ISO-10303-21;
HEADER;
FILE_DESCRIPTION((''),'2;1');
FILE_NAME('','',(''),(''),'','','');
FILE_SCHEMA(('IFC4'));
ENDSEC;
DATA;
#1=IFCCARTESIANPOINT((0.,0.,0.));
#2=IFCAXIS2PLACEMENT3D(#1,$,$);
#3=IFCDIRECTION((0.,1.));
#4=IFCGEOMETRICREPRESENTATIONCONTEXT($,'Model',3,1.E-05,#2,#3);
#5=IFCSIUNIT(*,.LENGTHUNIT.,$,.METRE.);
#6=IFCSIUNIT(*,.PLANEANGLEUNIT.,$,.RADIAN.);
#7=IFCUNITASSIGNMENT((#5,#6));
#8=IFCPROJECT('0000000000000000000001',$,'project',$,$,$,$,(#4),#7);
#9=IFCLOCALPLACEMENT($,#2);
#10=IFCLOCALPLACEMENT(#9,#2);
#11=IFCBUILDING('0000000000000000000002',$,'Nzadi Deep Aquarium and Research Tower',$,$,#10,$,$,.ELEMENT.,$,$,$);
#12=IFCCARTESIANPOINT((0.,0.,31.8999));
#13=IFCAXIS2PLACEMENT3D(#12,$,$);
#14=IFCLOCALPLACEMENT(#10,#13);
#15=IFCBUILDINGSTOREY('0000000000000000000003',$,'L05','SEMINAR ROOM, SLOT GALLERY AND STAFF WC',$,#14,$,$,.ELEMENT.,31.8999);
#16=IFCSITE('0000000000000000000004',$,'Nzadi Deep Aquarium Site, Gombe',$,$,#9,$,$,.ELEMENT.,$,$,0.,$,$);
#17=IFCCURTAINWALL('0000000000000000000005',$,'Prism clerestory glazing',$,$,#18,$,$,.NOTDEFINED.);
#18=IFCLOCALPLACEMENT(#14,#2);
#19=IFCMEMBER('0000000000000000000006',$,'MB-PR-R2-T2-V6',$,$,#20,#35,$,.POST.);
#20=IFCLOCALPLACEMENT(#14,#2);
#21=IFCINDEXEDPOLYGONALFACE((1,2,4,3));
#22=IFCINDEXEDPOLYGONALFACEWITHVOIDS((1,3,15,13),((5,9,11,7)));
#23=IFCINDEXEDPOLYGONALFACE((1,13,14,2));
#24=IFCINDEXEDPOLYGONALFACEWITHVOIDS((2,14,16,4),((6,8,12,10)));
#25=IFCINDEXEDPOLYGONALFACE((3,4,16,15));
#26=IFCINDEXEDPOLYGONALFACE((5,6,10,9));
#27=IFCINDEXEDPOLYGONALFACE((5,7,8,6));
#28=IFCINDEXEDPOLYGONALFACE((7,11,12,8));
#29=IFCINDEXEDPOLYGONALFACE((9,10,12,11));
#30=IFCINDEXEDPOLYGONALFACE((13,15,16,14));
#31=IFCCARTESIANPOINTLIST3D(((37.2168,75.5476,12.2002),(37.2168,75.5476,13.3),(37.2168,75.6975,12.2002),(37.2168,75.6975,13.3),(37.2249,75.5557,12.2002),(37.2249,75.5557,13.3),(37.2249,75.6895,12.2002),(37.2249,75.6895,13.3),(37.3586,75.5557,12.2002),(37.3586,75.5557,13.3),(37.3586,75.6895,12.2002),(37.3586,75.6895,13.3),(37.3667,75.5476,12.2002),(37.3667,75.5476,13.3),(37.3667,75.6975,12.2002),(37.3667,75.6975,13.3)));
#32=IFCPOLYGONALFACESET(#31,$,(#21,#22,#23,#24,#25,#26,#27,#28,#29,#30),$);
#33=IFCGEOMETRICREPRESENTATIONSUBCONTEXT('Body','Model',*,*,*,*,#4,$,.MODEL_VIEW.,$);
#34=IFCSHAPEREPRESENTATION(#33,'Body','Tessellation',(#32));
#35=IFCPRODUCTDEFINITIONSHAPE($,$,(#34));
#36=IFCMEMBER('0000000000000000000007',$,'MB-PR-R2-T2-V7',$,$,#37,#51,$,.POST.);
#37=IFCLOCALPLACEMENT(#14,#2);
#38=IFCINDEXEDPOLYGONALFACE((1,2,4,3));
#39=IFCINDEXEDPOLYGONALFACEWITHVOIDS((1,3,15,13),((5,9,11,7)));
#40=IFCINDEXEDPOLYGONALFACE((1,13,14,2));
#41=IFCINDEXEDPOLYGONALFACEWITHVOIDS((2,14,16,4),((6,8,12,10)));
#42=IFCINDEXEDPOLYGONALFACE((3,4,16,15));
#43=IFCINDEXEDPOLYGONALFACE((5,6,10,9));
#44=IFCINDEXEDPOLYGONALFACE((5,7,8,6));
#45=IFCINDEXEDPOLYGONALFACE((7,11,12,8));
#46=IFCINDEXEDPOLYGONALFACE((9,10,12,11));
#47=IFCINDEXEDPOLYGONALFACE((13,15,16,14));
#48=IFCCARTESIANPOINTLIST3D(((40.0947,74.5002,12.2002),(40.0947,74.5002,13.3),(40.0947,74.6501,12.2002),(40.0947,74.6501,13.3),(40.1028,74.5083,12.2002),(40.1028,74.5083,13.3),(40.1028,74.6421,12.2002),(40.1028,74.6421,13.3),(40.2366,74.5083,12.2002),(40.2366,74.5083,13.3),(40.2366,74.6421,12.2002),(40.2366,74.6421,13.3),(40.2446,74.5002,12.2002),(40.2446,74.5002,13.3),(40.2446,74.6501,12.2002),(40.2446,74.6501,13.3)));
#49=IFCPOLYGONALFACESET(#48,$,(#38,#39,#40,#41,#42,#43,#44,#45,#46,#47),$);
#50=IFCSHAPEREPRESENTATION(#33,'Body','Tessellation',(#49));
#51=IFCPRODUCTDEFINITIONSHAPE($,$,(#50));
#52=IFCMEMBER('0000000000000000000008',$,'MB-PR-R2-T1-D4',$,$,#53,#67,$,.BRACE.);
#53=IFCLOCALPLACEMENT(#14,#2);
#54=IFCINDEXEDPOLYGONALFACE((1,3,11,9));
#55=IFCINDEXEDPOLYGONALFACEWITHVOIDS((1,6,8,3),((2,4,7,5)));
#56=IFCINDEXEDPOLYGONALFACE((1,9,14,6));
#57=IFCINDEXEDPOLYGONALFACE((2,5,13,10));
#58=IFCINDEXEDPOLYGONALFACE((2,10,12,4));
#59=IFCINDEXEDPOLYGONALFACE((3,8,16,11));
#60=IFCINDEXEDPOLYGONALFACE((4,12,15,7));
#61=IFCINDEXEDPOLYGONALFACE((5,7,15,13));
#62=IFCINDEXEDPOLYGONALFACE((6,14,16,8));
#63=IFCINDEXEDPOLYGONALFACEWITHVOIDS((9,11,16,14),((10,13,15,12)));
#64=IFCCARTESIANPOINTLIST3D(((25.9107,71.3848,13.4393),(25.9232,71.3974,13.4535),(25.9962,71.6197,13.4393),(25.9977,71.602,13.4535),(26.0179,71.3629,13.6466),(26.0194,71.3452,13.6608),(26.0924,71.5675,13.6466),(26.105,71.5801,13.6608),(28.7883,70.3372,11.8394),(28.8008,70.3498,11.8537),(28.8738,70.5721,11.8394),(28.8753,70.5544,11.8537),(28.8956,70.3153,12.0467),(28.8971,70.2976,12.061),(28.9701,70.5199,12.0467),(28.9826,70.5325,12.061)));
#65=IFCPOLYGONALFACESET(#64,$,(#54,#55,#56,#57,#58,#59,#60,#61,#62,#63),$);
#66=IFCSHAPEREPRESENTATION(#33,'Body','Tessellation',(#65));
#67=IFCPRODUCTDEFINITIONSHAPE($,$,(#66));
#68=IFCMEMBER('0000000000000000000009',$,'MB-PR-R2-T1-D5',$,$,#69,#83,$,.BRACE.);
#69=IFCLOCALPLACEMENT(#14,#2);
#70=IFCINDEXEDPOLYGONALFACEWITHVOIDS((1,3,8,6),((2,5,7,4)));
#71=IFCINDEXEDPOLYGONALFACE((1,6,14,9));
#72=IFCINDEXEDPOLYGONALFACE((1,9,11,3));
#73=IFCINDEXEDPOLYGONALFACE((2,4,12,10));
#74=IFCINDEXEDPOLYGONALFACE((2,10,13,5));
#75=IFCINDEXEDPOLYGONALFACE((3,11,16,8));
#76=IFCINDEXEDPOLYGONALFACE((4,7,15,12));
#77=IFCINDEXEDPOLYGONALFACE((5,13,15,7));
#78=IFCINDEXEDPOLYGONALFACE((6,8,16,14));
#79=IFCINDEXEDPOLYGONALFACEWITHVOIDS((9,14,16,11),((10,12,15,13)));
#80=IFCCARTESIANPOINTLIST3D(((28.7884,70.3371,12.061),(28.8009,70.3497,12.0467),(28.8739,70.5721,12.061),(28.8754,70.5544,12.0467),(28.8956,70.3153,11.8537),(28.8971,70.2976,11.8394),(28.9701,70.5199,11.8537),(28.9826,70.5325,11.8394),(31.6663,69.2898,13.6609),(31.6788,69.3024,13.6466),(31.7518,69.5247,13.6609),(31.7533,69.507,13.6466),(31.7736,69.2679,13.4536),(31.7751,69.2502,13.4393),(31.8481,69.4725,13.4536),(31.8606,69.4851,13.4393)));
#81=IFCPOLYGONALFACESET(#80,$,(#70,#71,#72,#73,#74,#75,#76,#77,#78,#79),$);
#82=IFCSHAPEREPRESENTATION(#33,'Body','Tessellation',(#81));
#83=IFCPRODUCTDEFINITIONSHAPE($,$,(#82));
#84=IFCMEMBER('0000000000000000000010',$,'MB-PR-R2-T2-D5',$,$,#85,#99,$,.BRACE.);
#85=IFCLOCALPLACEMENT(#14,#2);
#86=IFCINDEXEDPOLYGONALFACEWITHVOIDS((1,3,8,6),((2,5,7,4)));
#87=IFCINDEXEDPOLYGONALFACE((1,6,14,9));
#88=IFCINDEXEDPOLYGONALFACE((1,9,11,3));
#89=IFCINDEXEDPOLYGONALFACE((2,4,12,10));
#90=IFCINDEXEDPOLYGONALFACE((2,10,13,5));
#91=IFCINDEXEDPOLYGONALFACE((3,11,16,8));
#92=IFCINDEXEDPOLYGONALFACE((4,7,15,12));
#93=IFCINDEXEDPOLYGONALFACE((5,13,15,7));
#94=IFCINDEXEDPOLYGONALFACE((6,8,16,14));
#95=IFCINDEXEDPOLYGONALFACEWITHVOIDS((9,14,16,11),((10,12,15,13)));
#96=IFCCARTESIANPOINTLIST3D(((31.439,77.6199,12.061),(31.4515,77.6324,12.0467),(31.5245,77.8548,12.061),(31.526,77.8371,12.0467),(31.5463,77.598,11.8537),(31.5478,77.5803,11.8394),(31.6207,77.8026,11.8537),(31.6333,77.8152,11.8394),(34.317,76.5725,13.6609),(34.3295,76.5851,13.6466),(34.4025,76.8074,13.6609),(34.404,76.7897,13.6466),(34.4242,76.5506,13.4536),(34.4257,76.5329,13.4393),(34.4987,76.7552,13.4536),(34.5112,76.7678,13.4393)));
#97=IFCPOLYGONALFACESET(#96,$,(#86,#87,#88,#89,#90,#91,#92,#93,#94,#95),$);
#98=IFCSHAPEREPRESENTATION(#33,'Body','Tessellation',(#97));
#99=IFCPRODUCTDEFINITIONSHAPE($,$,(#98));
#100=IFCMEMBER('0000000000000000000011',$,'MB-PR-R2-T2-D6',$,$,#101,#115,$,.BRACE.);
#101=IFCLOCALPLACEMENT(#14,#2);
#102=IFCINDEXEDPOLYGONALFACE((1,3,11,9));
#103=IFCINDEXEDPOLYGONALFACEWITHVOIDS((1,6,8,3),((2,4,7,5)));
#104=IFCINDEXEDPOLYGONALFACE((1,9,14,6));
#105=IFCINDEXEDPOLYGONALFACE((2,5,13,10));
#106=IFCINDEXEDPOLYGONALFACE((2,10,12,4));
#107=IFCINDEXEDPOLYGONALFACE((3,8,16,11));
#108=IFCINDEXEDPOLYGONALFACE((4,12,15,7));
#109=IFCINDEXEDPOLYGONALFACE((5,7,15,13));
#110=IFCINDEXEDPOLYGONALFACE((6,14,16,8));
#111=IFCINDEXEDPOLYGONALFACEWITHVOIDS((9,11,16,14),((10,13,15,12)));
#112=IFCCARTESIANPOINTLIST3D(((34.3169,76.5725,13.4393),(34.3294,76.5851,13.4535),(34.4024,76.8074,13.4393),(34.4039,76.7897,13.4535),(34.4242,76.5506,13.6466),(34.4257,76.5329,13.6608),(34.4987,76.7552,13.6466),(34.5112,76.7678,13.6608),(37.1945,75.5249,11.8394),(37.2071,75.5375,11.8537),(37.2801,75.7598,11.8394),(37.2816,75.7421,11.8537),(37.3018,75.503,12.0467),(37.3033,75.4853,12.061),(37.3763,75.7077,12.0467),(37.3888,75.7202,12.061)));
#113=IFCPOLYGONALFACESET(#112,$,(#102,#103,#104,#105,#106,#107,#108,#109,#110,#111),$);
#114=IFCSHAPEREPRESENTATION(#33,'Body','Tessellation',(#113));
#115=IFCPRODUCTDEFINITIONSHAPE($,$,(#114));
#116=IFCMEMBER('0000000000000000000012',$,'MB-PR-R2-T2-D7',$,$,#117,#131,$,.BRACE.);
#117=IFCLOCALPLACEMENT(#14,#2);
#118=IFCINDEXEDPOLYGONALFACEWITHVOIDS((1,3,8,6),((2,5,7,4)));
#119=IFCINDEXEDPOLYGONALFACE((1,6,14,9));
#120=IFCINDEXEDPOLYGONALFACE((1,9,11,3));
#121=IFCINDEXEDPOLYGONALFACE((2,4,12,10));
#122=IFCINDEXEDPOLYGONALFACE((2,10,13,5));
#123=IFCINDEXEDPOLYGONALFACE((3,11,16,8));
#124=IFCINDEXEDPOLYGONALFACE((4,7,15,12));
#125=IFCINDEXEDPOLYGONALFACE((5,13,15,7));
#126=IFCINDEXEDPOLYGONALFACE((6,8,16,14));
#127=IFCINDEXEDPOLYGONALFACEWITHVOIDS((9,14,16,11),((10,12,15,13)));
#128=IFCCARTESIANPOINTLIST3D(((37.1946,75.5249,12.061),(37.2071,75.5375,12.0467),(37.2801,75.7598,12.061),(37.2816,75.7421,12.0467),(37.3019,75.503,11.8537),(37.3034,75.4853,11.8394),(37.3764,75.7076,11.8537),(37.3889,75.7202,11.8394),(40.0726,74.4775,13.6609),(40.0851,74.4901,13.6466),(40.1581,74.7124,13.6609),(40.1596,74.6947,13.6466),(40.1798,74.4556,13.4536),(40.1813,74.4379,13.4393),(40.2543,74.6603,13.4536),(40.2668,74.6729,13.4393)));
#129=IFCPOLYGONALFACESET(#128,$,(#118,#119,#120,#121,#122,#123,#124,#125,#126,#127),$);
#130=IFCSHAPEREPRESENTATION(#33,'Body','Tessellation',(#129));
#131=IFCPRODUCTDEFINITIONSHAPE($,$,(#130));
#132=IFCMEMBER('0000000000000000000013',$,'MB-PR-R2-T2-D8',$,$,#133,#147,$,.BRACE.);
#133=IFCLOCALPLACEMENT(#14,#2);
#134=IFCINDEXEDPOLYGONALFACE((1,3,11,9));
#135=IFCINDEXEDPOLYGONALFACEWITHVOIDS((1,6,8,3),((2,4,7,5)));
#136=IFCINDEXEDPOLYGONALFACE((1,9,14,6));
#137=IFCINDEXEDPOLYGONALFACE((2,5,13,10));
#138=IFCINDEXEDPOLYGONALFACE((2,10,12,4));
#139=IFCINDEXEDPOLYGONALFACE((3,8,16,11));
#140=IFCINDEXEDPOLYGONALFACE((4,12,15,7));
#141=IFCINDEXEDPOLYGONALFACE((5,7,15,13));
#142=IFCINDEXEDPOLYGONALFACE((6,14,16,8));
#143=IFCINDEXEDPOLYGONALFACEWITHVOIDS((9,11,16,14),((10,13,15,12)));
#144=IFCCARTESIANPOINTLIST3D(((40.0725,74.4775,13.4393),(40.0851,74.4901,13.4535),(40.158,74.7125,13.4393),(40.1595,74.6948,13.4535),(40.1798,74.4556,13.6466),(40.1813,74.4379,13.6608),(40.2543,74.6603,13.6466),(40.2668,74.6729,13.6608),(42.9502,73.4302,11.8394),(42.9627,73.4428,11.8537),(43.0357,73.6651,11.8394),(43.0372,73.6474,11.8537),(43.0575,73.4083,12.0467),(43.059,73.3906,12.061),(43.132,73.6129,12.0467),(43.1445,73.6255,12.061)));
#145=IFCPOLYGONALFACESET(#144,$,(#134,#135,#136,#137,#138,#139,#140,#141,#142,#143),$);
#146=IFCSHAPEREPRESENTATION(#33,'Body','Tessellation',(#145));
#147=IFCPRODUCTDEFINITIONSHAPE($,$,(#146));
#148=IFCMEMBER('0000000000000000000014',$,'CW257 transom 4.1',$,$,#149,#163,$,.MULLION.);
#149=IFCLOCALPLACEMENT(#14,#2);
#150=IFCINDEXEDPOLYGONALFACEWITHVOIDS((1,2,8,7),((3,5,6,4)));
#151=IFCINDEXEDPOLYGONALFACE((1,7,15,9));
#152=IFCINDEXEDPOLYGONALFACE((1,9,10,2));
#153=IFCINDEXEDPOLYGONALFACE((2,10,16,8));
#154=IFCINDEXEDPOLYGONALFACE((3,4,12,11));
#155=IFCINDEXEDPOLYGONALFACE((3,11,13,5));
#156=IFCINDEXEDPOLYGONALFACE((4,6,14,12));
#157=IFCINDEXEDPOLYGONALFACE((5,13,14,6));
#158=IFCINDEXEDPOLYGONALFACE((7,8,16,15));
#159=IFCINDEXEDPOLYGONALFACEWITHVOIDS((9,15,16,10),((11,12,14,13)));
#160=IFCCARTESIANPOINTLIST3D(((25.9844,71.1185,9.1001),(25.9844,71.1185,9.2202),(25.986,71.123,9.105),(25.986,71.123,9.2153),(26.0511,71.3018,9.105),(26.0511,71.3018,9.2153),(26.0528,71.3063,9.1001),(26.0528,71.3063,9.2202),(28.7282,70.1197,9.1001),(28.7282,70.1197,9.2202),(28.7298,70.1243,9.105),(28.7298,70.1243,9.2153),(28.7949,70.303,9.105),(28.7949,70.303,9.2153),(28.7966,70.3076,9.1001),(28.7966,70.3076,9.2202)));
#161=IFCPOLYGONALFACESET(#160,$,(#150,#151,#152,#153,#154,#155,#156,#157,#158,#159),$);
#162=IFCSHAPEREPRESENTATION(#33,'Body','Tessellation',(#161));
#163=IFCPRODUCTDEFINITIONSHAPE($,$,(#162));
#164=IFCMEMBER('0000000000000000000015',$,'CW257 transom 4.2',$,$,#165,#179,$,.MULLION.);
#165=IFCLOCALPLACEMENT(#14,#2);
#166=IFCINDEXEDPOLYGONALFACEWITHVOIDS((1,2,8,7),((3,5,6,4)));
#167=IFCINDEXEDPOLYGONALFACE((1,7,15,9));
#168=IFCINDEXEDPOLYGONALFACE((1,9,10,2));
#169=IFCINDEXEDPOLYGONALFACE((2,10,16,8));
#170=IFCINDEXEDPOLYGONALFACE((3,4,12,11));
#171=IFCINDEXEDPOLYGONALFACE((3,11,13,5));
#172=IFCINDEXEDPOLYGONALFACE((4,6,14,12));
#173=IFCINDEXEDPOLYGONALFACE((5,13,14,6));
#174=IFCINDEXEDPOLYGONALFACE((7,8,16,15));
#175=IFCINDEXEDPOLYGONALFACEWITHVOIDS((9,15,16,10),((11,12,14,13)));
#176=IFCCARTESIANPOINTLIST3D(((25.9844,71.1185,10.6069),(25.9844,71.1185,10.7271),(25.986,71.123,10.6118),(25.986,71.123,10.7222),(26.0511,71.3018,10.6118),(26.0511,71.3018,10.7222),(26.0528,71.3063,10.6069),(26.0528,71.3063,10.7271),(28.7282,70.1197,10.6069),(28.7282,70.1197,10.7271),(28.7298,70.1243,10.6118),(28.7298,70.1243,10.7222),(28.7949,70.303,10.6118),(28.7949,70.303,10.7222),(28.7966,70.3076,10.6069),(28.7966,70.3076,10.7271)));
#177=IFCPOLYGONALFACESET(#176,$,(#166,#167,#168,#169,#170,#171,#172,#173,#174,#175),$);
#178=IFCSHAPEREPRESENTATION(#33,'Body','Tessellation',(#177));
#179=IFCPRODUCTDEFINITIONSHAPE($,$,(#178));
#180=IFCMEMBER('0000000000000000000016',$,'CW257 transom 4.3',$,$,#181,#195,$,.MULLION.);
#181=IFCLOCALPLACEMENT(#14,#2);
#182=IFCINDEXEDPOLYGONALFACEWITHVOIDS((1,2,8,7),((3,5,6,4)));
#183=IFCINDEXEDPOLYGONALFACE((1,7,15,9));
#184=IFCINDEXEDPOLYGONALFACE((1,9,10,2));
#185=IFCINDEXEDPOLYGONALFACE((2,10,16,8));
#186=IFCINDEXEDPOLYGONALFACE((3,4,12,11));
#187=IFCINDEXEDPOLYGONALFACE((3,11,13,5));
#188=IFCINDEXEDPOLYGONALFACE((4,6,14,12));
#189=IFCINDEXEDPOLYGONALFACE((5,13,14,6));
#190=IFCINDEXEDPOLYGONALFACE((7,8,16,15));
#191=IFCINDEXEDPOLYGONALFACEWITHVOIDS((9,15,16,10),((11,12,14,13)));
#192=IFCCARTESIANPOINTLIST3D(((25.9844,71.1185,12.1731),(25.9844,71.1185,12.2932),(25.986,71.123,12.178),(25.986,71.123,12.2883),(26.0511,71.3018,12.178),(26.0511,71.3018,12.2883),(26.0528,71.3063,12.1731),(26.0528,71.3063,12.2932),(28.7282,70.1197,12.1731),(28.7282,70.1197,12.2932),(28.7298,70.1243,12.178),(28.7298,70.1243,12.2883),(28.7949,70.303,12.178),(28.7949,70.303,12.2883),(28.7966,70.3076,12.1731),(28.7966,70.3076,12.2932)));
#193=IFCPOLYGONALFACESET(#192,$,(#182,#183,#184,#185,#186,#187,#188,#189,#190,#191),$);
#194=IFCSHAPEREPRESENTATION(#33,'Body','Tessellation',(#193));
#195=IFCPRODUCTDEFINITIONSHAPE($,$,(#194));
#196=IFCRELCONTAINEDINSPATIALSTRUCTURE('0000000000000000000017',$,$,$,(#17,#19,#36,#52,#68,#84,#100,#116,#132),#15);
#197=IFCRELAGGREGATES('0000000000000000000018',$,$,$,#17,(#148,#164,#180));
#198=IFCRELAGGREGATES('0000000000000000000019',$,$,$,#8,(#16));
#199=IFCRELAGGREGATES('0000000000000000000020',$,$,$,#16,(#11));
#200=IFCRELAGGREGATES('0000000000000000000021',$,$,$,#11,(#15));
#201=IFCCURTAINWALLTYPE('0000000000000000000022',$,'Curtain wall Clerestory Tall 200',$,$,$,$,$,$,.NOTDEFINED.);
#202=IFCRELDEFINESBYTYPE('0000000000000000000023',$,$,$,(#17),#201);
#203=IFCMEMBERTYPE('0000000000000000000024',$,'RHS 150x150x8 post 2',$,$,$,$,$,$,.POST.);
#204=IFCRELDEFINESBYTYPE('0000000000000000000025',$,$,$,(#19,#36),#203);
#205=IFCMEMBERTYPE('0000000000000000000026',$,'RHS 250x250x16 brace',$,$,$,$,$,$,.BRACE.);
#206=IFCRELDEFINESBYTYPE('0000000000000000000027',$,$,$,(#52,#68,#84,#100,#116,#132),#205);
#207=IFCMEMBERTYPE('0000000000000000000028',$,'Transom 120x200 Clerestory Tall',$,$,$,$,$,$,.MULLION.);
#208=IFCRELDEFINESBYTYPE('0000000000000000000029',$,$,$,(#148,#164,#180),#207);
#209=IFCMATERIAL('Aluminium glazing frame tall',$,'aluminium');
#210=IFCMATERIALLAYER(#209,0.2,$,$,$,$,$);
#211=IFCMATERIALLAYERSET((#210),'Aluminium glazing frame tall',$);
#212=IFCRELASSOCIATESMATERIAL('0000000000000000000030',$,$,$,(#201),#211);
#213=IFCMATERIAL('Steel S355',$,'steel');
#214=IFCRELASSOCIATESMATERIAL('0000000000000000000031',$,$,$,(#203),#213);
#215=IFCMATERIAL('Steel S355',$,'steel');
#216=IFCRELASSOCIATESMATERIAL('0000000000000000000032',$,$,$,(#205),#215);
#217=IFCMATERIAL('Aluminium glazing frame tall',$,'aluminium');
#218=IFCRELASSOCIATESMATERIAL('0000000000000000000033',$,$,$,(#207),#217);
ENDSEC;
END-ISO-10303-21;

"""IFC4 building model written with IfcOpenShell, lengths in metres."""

from ifc_helpers import new_model, si_unit, direction, frame, origin, origin_2d, place, context, subcontext, project, spatial, hollow_rectangle, extrude, material, layer, layer_set, material_profile, profile_set, type_object, element, aggregate, save


model = new_model("IFC4")

# Units and contexts
model_context = context("Model", 3, precision=1e-05, world=origin(), true_north=direction((0.0, 1.0)))
body_context = subcontext(model_context, "Body", "Model", "MODEL_VIEW")
ifc_project = project(units=[si_unit("LENGTHUNIT", "METRE"), si_unit("PLANEANGLEUNIT", "RADIAN")], contexts=[model_context])

# Site, building, storey
site_placement = place(None, origin())
site = spatial("IfcSite", under=ifc_project, at=site_placement, Name="Nzadi Deep Aquarium Site, Gombe", CompositionType="ELEMENT", RefElevation=0.0)
building_placement = place(site_placement, origin())
building = spatial("IfcBuilding", under=site, at=building_placement, Name="Nzadi Deep Aquarium and Research Tower", CompositionType="ELEMENT")
storey_placement = place(building_placement, frame((0.0, 0.0, 31.8999)))
storey = spatial("IfcBuildingStorey", under=building, at=storey_placement, Name="L05", Description="SEMINAR ROOM, SLOT GALLERY AND STAFF WC", CompositionType="ELEMENT", Elevation=31.8999)

# Curtain wall
ifc_material_1 = material(Name="Aluminium glazing frame tall", Category="aluminium")
ifc_layer_1 = layer(ifc_material_1, 0.2)
ifc_layer_set_1 = layer_set([ifc_layer_1], Name="Aluminium glazing frame tall")
curtain_wall_type = type_object("IfcCurtainWallType", Name="Curtain wall Clerestory Tall 200", PredefinedType="NOTDEFINED", material=ifc_layer_set_1)
curtain_wall_placement = place(storey_placement, origin())
curtain_wall = element("IfcCurtainWall", 1, at=curtain_wall_placement, inside=storey, type_object=curtain_wall_type, Name="Prism clerestory glazing", PredefinedType="NOTDEFINED")

# Members
ifc_material_2 = material(Name="Steel S355", Category="steel")
ifc_material_profile_1 = material_profile(ifc_material_2, hollow_rectangle(XDim=0.1499, YDim=0.1499, WallThickness=0.0081, at=origin_2d()))
ifc_profile_set_1 = profile_set([ifc_material_profile_1], Name="Steel S355")
member_type_1 = type_object("IfcMemberType", Name="RHS 150x150x8 post 2", PredefinedType="POST", material=ifc_profile_set_1)
for number, where, z_axis, x_axis, name in (
    (2, (37.2917, 75.6226, 12.2002), (0.0, 0.0, 1.0), (1.0, 0.0, 0.0), "MB-PR-R2-T2-V6"),
    (3, (40.1697, 74.5752, 12.2002), (0.0, 0.0, 1.0), (1.0, 0.0, 0.0), "MB-PR-R2-T2-V7"),
):
    element("IfcMember", number, at=place(storey_placement, frame(where, z_axis=z_axis, x_axis=x_axis)), inside=storey, type_object=member_type_1, Name=name, PredefinedType="POST", context=body_context, shape_type="SweptSolid", body=[
        extrude(hollow_rectangle(XDim=0.1499, YDim=0.1499, WallThickness=0.0081, at=origin_2d()), origin(), (0.0, 0.0, 1.0), 1.0999),
    ])
ifc_material_3 = material(Name="Steel S355", Category="steel")
ifc_material_profile_2 = material_profile(ifc_material_3, hollow_rectangle(XDim=0.25, YDim=0.25, WallThickness=0.0161, at=origin_2d()))
ifc_profile_set_2 = profile_set([ifc_material_profile_2], Name="Steel S355")
member_type_2 = type_object("IfcMemberType", Name="RHS 250x250x16 brace", PredefinedType="BRACE", material=ifc_profile_set_2)
member_1_placement = place(storey_placement, frame((26.0078, 71.4824, 13.55), z_axis=(0.832868, -0.303201, -0.463034), x_axis=(0.342082, 0.93967, 0.0)))
element("IfcMember", 4, at=member_1_placement, inside=storey, type_object=member_type_2, Name="MB-PR-R2-T1-D4", PredefinedType="BRACE", context=body_context, shape_type="SweptSolid", body=[
    extrude(hollow_rectangle(XDim=0.25, YDim=0.25, WallThickness=0.0161, at=origin_2d()), origin(), (0.0, 0.0, 1.0), 3.4551),
])
for number, where, z_axis, x_axis, name in (
    (5, (28.8855, 70.4348, 11.9502), (0.832907, -0.303119, 0.463017), (0.341986, 0.939705, 0.0), "MB-PR-R2-T1-D5"),
    (6, (31.5361, 77.7175, 11.9502), (0.832907, -0.303119, 0.463017), (0.341986, 0.939705, 0.0), "MB-PR-R2-T2-D5"),
):
    element("IfcMember", number, at=place(storey_placement, frame(where, z_axis=z_axis, x_axis=x_axis)), inside=storey, type_object=member_type_2, Name=name, PredefinedType="BRACE", context=body_context, shape_type="SweptSolid", body=[
        extrude(hollow_rectangle(XDim=0.25, YDim=0.25, WallThickness=0.0161, at=origin_2d()), origin(), (0.0, 0.0, 1.0), 3.4553),
    ])
member_2_placement = place(storey_placement, frame((34.4141, 76.6702, 13.55), z_axis=(0.832868, -0.303201, -0.463034), x_axis=(0.342082, 0.93967, 0.0)))
element("IfcMember", 7, at=member_2_placement, inside=storey, type_object=member_type_2, Name="MB-PR-R2-T2-D6", PredefinedType="BRACE", context=body_context, shape_type="SweptSolid", body=[
    extrude(hollow_rectangle(XDim=0.25, YDim=0.25, WallThickness=0.0161, at=origin_2d()), origin(), (0.0, 0.0, 1.0), 3.4551),
])
member_3_placement = place(storey_placement, frame((37.2917, 75.6226, 11.9502), z_axis=(0.832907, -0.303119, 0.463017), x_axis=(0.341986, 0.939705, 0.0)))
element("IfcMember", 8, at=member_3_placement, inside=storey, type_object=member_type_2, Name="MB-PR-R2-T2-D7", PredefinedType="BRACE", context=body_context, shape_type="SweptSolid", body=[
    extrude(hollow_rectangle(XDim=0.25, YDim=0.25, WallThickness=0.0161, at=origin_2d()), origin(), (0.0, 0.0, 1.0), 3.4553),
])
member_4_placement = place(storey_placement, frame((40.1697, 74.5752, 13.55), z_axis=(0.832885, -0.303137, -0.463044), x_axis=(0.342012, 0.939696, 0.0)))
element("IfcMember", 9, at=member_4_placement, inside=storey, type_object=member_type_2, Name="MB-PR-R2-T2-D8", PredefinedType="BRACE", context=body_context, shape_type="SweptSolid", body=[
    extrude(hollow_rectangle(XDim=0.25, YDim=0.25, WallThickness=0.0161, at=origin_2d()), origin(), (0.0, 0.0, 1.0), 3.4551),
])

# Members
ifc_material_4 = material(Name="Aluminium glazing frame tall", Category="aluminium")
ifc_material_profile_3 = material_profile(ifc_material_4, hollow_rectangle(XDim=0.2, YDim=0.1201, WallThickness=0.0049, at=origin_2d()))
ifc_profile_set_3 = profile_set([ifc_material_profile_3], Name="Aluminium glazing frame tall")
member_type_3 = type_object("IfcMemberType", Name="Transom 120x200 Clerestory Tall", PredefinedType="MULLION", material=ifc_profile_set_3)
member_5_placement = place(storey_placement, frame((26.0186, 71.2124, 9.1602), z_axis=(0.939684, -0.342045, 0.0), x_axis=(0.342045, 0.939684, 0.0)))
member_5 = element("IfcMember", 10, at=member_5_placement, type_object=member_type_3, Name="CW257 transom 4.1", PredefinedType="MULLION", context=body_context, shape_type="SweptSolid", body=[
    extrude(hollow_rectangle(XDim=0.2, YDim=0.1201, WallThickness=0.0049, at=origin_2d()), origin(), (0.0, 0.0, 1.0), 2.9199),
])
member_6_placement = place(storey_placement, frame((26.0186, 71.2124, 10.667), z_axis=(0.939684, -0.342045, 0.0), x_axis=(0.342045, 0.939684, 0.0)))
member_6 = element("IfcMember", 11, at=member_6_placement, type_object=member_type_3, Name="CW257 transom 4.2", PredefinedType="MULLION", context=body_context, shape_type="SweptSolid", body=[
    extrude(hollow_rectangle(XDim=0.2, YDim=0.1201, WallThickness=0.0049, at=origin_2d()), origin(), (0.0, 0.0, 1.0), 2.9199),
])
member_7_placement = place(storey_placement, frame((26.0186, 71.2124, 12.2332), z_axis=(0.939684, -0.342045, 0.0), x_axis=(0.342045, 0.939684, 0.0)))
member_7 = element("IfcMember", 12, at=member_7_placement, type_object=member_type_3, Name="CW257 transom 4.3", PredefinedType="MULLION", context=body_context, shape_type="SweptSolid", body=[
    extrude(hollow_rectangle(XDim=0.2, YDim=0.1201, WallThickness=0.0049, at=origin_2d()), origin(), (0.0, 0.0, 1.0), 2.9199),
])

aggregate(curtain_wall, [member_5, member_6, member_7])

save(model, "model.ifc")
